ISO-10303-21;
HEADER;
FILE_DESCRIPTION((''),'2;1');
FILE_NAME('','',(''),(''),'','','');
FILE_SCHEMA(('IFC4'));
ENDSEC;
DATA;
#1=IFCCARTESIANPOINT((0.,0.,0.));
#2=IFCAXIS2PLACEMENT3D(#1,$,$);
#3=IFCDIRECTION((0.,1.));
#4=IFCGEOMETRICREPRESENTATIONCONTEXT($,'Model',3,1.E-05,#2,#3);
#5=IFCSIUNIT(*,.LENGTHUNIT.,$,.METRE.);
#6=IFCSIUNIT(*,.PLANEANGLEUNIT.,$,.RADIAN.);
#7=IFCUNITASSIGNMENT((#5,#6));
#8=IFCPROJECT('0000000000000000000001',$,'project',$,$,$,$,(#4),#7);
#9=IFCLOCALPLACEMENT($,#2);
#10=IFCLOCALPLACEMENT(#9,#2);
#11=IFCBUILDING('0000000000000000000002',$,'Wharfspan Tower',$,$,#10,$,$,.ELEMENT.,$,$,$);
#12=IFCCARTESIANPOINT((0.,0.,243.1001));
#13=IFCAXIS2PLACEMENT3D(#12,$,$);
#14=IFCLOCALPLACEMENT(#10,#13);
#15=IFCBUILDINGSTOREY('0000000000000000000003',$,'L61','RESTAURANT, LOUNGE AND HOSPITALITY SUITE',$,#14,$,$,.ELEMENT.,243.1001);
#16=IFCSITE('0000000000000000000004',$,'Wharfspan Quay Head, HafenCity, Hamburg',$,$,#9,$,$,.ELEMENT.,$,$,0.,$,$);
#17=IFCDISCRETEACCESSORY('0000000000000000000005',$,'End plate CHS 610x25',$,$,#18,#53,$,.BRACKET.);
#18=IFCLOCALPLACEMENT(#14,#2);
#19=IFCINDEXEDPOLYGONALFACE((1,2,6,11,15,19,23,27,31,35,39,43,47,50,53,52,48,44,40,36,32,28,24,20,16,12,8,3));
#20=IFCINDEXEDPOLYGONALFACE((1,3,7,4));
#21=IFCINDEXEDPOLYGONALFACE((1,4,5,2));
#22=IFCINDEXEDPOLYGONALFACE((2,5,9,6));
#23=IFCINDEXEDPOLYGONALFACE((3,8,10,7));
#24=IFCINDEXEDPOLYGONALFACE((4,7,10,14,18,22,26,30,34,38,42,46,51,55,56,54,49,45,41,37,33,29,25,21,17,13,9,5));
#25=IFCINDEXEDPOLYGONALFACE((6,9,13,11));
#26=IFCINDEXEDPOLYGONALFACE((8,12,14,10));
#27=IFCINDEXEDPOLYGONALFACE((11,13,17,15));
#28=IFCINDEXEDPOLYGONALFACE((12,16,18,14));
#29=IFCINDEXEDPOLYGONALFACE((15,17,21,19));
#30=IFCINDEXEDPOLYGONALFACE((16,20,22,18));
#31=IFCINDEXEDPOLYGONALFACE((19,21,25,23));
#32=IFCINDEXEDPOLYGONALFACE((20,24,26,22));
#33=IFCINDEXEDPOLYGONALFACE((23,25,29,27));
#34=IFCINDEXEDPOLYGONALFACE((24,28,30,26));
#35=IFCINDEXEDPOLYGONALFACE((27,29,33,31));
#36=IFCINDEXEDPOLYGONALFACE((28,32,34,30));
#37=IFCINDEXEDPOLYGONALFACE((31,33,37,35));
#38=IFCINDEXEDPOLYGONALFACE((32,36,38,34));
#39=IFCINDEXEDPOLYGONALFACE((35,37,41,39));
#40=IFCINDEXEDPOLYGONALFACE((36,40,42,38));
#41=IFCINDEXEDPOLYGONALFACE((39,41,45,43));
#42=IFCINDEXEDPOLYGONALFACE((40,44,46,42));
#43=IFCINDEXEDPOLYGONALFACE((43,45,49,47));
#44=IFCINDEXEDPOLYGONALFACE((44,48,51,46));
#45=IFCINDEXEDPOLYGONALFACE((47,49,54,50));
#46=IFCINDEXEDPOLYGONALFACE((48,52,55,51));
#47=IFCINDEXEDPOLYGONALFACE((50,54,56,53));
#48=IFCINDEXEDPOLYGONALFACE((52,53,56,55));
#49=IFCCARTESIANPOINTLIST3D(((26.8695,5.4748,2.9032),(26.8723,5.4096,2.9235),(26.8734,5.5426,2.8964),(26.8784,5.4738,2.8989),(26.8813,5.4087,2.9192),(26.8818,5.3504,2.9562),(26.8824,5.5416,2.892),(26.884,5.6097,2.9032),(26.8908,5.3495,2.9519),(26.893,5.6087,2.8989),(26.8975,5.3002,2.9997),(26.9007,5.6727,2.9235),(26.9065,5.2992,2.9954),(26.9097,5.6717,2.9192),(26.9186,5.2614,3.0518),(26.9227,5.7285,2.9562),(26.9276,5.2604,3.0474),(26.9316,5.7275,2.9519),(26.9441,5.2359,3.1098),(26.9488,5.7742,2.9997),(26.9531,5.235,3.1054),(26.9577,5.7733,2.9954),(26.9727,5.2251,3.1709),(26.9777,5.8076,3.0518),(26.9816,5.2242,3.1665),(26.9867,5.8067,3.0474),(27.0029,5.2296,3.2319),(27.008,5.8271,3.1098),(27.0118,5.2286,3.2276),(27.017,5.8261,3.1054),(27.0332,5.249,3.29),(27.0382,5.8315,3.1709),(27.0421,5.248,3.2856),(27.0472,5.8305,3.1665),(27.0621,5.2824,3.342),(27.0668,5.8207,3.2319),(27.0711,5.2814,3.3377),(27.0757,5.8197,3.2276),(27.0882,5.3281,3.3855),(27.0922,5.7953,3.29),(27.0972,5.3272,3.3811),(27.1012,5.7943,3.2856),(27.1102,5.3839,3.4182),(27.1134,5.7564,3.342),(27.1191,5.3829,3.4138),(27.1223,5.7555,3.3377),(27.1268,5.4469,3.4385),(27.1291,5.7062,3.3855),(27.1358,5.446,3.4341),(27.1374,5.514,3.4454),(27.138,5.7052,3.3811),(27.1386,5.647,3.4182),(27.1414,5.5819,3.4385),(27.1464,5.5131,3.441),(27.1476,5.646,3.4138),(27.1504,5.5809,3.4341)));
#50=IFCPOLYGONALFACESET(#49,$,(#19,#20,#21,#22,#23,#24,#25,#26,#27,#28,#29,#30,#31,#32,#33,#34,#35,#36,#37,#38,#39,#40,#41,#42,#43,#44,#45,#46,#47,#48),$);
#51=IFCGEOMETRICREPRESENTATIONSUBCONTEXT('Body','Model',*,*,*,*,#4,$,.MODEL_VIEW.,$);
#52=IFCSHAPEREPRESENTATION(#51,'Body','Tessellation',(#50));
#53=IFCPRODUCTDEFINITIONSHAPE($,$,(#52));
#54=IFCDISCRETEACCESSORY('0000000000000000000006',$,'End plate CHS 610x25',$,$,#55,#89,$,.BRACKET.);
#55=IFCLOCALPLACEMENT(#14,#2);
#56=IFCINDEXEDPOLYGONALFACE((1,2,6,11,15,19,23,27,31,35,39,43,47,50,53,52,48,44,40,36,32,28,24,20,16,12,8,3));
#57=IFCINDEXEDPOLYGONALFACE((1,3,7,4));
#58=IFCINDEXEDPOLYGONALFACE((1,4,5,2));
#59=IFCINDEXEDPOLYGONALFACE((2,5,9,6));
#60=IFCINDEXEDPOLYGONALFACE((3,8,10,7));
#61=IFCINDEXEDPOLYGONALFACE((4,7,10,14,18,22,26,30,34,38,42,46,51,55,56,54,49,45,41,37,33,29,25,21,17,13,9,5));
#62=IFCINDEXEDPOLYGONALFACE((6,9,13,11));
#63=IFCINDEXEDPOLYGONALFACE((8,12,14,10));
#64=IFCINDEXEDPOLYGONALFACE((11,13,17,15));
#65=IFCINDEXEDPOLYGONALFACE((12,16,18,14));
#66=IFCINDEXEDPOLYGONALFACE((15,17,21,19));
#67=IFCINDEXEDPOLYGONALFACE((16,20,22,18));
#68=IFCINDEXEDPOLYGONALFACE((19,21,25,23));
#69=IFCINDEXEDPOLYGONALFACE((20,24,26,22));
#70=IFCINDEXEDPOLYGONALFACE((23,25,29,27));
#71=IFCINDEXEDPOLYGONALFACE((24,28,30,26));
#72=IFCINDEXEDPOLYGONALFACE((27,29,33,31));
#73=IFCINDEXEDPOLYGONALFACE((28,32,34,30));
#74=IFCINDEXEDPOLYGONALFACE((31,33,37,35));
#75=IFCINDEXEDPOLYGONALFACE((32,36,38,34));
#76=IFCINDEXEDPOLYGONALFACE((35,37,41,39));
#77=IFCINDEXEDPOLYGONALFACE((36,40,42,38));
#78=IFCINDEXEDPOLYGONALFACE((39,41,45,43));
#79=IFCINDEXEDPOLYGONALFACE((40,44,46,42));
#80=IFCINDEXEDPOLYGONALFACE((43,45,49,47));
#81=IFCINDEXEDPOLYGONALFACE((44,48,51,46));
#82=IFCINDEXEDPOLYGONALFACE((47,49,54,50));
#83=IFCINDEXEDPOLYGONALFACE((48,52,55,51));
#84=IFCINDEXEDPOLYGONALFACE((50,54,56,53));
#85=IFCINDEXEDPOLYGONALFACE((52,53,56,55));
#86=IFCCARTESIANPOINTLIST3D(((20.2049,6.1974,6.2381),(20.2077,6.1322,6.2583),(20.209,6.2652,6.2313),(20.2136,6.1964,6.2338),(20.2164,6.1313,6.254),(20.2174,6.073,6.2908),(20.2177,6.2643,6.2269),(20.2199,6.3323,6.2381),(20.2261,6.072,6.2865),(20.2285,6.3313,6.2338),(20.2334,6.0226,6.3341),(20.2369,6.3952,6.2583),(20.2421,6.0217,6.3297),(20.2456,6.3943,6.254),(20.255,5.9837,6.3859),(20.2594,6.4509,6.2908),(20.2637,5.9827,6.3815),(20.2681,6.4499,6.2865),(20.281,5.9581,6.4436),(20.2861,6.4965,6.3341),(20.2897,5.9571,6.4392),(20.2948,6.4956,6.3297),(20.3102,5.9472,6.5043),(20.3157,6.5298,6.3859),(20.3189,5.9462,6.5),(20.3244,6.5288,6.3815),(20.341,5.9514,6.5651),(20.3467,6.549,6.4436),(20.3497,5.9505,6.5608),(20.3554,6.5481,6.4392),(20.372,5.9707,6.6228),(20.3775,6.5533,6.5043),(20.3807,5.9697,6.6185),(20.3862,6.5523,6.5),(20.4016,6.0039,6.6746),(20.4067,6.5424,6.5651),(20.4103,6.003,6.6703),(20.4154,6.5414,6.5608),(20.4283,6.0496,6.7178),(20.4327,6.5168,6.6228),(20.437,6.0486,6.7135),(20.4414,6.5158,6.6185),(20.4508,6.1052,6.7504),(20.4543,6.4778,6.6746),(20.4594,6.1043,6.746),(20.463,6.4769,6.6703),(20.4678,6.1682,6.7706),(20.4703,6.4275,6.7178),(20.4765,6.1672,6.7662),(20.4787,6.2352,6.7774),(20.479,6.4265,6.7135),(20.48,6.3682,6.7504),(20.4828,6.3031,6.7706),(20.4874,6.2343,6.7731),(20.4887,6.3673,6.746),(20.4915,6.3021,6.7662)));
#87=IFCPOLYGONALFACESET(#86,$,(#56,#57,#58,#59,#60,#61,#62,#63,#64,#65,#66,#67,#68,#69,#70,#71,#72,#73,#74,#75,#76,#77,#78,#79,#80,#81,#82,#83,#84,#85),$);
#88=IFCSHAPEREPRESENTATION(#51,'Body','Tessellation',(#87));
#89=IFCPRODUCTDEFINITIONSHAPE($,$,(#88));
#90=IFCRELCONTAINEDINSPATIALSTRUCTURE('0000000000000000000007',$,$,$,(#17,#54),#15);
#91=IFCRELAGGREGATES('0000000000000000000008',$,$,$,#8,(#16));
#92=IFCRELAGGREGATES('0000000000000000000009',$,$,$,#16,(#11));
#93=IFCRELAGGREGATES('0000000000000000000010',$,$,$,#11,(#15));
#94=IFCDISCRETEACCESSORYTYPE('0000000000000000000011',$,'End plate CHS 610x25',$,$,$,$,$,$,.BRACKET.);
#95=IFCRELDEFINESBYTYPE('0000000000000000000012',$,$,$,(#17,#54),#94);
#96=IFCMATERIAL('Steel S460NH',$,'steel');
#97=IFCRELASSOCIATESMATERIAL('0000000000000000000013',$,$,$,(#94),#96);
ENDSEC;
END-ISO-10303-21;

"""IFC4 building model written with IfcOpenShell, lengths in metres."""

from ifc_helpers import new_model, si_unit, direction, frame, origin, origin_2d, place, context, subcontext, project, spatial, circle, extrude, material, material_profile, profile_set, type_object, element, save


model = new_model("IFC4")

# Units and contexts
model_context = context("Model", 3, precision=1e-05, world=origin(), true_north=direction((0.0, 1.0)))
body_context = subcontext(model_context, "Body", "Model", "MODEL_VIEW")
ifc_project = project(units=[si_unit("LENGTHUNIT", "METRE"), si_unit("PLANEANGLEUNIT", "RADIAN")], contexts=[model_context])

# Site, building, storey
site_placement = place(None, origin())
site = spatial("IfcSite", under=ifc_project, at=site_placement, Name="Wharfspan Quay Head, HafenCity, Hamburg", CompositionType="ELEMENT", RefElevation=0.0)
building_placement = place(site_placement, origin())
building = spatial("IfcBuilding", under=site, at=building_placement, Name="Wharfspan Tower", CompositionType="ELEMENT")
storey_placement = place(building_placement, frame((0.0, 0.0, 243.1001)))
storey = spatial("IfcBuildingStorey", under=building, at=storey_placement, Name="L61", Description="RESTAURANT, LOUNGE AND HOSPITALITY SUITE", CompositionType="ELEMENT", Elevation=243.1001)

# Shared definitions
ifc_material_1 = material(Name="Steel S460NH", Category="steel")

# Discrete accessories
ifc_material_profile_1 = material_profile(ifc_material_1, circle(Radius=0.3049, at=origin_2d()))
ifc_profile_set_1 = profile_set([ifc_material_profile_1], Name="Steel S460NH")
discrete_accessory_type = type_object("IfcDiscreteAccessoryType", Name="End plate CHS 610x25", PredefinedType="BRACKET", material=ifc_profile_set_1)
discrete_accessory_1_placement = place(storey_placement, frame((27.0144, 5.5273, 3.1665), z_axis=(-0.895016, 0.096758, 0.435413), x_axis=(-0.107482, -0.994209, -0.000001)))
element("IfcDiscreteAccessory", 1, at=discrete_accessory_1_placement, inside=storey, type_object=discrete_accessory_type, Name="End plate CHS 610x25", PredefinedType="BRACKET", context=body_context, shape_type="SweptSolid", body=[
    extrude(circle(Radius=0.3049, at=origin_2d()), origin(), (0.0, 0.0, 1.0), 0.01),
])
discrete_accessory_2_placement = place(storey_placement, frame((20.3525, 6.2493, 6.5), z_axis=(-0.890043, 0.098894, 0.445021), x_axis=(-0.110431, -0.99388, 0.000001)))
element("IfcDiscreteAccessory", 2, at=discrete_accessory_2_placement, inside=storey, type_object=discrete_accessory_type, Name="End plate CHS 610x25", PredefinedType="BRACKET", context=body_context, shape_type="SweptSolid", body=[
    extrude(circle(Radius=0.3049, at=origin_2d()), origin(), (0.0, 0.0, 1.0), 0.0098),
])

save(model, "model.ifc")
